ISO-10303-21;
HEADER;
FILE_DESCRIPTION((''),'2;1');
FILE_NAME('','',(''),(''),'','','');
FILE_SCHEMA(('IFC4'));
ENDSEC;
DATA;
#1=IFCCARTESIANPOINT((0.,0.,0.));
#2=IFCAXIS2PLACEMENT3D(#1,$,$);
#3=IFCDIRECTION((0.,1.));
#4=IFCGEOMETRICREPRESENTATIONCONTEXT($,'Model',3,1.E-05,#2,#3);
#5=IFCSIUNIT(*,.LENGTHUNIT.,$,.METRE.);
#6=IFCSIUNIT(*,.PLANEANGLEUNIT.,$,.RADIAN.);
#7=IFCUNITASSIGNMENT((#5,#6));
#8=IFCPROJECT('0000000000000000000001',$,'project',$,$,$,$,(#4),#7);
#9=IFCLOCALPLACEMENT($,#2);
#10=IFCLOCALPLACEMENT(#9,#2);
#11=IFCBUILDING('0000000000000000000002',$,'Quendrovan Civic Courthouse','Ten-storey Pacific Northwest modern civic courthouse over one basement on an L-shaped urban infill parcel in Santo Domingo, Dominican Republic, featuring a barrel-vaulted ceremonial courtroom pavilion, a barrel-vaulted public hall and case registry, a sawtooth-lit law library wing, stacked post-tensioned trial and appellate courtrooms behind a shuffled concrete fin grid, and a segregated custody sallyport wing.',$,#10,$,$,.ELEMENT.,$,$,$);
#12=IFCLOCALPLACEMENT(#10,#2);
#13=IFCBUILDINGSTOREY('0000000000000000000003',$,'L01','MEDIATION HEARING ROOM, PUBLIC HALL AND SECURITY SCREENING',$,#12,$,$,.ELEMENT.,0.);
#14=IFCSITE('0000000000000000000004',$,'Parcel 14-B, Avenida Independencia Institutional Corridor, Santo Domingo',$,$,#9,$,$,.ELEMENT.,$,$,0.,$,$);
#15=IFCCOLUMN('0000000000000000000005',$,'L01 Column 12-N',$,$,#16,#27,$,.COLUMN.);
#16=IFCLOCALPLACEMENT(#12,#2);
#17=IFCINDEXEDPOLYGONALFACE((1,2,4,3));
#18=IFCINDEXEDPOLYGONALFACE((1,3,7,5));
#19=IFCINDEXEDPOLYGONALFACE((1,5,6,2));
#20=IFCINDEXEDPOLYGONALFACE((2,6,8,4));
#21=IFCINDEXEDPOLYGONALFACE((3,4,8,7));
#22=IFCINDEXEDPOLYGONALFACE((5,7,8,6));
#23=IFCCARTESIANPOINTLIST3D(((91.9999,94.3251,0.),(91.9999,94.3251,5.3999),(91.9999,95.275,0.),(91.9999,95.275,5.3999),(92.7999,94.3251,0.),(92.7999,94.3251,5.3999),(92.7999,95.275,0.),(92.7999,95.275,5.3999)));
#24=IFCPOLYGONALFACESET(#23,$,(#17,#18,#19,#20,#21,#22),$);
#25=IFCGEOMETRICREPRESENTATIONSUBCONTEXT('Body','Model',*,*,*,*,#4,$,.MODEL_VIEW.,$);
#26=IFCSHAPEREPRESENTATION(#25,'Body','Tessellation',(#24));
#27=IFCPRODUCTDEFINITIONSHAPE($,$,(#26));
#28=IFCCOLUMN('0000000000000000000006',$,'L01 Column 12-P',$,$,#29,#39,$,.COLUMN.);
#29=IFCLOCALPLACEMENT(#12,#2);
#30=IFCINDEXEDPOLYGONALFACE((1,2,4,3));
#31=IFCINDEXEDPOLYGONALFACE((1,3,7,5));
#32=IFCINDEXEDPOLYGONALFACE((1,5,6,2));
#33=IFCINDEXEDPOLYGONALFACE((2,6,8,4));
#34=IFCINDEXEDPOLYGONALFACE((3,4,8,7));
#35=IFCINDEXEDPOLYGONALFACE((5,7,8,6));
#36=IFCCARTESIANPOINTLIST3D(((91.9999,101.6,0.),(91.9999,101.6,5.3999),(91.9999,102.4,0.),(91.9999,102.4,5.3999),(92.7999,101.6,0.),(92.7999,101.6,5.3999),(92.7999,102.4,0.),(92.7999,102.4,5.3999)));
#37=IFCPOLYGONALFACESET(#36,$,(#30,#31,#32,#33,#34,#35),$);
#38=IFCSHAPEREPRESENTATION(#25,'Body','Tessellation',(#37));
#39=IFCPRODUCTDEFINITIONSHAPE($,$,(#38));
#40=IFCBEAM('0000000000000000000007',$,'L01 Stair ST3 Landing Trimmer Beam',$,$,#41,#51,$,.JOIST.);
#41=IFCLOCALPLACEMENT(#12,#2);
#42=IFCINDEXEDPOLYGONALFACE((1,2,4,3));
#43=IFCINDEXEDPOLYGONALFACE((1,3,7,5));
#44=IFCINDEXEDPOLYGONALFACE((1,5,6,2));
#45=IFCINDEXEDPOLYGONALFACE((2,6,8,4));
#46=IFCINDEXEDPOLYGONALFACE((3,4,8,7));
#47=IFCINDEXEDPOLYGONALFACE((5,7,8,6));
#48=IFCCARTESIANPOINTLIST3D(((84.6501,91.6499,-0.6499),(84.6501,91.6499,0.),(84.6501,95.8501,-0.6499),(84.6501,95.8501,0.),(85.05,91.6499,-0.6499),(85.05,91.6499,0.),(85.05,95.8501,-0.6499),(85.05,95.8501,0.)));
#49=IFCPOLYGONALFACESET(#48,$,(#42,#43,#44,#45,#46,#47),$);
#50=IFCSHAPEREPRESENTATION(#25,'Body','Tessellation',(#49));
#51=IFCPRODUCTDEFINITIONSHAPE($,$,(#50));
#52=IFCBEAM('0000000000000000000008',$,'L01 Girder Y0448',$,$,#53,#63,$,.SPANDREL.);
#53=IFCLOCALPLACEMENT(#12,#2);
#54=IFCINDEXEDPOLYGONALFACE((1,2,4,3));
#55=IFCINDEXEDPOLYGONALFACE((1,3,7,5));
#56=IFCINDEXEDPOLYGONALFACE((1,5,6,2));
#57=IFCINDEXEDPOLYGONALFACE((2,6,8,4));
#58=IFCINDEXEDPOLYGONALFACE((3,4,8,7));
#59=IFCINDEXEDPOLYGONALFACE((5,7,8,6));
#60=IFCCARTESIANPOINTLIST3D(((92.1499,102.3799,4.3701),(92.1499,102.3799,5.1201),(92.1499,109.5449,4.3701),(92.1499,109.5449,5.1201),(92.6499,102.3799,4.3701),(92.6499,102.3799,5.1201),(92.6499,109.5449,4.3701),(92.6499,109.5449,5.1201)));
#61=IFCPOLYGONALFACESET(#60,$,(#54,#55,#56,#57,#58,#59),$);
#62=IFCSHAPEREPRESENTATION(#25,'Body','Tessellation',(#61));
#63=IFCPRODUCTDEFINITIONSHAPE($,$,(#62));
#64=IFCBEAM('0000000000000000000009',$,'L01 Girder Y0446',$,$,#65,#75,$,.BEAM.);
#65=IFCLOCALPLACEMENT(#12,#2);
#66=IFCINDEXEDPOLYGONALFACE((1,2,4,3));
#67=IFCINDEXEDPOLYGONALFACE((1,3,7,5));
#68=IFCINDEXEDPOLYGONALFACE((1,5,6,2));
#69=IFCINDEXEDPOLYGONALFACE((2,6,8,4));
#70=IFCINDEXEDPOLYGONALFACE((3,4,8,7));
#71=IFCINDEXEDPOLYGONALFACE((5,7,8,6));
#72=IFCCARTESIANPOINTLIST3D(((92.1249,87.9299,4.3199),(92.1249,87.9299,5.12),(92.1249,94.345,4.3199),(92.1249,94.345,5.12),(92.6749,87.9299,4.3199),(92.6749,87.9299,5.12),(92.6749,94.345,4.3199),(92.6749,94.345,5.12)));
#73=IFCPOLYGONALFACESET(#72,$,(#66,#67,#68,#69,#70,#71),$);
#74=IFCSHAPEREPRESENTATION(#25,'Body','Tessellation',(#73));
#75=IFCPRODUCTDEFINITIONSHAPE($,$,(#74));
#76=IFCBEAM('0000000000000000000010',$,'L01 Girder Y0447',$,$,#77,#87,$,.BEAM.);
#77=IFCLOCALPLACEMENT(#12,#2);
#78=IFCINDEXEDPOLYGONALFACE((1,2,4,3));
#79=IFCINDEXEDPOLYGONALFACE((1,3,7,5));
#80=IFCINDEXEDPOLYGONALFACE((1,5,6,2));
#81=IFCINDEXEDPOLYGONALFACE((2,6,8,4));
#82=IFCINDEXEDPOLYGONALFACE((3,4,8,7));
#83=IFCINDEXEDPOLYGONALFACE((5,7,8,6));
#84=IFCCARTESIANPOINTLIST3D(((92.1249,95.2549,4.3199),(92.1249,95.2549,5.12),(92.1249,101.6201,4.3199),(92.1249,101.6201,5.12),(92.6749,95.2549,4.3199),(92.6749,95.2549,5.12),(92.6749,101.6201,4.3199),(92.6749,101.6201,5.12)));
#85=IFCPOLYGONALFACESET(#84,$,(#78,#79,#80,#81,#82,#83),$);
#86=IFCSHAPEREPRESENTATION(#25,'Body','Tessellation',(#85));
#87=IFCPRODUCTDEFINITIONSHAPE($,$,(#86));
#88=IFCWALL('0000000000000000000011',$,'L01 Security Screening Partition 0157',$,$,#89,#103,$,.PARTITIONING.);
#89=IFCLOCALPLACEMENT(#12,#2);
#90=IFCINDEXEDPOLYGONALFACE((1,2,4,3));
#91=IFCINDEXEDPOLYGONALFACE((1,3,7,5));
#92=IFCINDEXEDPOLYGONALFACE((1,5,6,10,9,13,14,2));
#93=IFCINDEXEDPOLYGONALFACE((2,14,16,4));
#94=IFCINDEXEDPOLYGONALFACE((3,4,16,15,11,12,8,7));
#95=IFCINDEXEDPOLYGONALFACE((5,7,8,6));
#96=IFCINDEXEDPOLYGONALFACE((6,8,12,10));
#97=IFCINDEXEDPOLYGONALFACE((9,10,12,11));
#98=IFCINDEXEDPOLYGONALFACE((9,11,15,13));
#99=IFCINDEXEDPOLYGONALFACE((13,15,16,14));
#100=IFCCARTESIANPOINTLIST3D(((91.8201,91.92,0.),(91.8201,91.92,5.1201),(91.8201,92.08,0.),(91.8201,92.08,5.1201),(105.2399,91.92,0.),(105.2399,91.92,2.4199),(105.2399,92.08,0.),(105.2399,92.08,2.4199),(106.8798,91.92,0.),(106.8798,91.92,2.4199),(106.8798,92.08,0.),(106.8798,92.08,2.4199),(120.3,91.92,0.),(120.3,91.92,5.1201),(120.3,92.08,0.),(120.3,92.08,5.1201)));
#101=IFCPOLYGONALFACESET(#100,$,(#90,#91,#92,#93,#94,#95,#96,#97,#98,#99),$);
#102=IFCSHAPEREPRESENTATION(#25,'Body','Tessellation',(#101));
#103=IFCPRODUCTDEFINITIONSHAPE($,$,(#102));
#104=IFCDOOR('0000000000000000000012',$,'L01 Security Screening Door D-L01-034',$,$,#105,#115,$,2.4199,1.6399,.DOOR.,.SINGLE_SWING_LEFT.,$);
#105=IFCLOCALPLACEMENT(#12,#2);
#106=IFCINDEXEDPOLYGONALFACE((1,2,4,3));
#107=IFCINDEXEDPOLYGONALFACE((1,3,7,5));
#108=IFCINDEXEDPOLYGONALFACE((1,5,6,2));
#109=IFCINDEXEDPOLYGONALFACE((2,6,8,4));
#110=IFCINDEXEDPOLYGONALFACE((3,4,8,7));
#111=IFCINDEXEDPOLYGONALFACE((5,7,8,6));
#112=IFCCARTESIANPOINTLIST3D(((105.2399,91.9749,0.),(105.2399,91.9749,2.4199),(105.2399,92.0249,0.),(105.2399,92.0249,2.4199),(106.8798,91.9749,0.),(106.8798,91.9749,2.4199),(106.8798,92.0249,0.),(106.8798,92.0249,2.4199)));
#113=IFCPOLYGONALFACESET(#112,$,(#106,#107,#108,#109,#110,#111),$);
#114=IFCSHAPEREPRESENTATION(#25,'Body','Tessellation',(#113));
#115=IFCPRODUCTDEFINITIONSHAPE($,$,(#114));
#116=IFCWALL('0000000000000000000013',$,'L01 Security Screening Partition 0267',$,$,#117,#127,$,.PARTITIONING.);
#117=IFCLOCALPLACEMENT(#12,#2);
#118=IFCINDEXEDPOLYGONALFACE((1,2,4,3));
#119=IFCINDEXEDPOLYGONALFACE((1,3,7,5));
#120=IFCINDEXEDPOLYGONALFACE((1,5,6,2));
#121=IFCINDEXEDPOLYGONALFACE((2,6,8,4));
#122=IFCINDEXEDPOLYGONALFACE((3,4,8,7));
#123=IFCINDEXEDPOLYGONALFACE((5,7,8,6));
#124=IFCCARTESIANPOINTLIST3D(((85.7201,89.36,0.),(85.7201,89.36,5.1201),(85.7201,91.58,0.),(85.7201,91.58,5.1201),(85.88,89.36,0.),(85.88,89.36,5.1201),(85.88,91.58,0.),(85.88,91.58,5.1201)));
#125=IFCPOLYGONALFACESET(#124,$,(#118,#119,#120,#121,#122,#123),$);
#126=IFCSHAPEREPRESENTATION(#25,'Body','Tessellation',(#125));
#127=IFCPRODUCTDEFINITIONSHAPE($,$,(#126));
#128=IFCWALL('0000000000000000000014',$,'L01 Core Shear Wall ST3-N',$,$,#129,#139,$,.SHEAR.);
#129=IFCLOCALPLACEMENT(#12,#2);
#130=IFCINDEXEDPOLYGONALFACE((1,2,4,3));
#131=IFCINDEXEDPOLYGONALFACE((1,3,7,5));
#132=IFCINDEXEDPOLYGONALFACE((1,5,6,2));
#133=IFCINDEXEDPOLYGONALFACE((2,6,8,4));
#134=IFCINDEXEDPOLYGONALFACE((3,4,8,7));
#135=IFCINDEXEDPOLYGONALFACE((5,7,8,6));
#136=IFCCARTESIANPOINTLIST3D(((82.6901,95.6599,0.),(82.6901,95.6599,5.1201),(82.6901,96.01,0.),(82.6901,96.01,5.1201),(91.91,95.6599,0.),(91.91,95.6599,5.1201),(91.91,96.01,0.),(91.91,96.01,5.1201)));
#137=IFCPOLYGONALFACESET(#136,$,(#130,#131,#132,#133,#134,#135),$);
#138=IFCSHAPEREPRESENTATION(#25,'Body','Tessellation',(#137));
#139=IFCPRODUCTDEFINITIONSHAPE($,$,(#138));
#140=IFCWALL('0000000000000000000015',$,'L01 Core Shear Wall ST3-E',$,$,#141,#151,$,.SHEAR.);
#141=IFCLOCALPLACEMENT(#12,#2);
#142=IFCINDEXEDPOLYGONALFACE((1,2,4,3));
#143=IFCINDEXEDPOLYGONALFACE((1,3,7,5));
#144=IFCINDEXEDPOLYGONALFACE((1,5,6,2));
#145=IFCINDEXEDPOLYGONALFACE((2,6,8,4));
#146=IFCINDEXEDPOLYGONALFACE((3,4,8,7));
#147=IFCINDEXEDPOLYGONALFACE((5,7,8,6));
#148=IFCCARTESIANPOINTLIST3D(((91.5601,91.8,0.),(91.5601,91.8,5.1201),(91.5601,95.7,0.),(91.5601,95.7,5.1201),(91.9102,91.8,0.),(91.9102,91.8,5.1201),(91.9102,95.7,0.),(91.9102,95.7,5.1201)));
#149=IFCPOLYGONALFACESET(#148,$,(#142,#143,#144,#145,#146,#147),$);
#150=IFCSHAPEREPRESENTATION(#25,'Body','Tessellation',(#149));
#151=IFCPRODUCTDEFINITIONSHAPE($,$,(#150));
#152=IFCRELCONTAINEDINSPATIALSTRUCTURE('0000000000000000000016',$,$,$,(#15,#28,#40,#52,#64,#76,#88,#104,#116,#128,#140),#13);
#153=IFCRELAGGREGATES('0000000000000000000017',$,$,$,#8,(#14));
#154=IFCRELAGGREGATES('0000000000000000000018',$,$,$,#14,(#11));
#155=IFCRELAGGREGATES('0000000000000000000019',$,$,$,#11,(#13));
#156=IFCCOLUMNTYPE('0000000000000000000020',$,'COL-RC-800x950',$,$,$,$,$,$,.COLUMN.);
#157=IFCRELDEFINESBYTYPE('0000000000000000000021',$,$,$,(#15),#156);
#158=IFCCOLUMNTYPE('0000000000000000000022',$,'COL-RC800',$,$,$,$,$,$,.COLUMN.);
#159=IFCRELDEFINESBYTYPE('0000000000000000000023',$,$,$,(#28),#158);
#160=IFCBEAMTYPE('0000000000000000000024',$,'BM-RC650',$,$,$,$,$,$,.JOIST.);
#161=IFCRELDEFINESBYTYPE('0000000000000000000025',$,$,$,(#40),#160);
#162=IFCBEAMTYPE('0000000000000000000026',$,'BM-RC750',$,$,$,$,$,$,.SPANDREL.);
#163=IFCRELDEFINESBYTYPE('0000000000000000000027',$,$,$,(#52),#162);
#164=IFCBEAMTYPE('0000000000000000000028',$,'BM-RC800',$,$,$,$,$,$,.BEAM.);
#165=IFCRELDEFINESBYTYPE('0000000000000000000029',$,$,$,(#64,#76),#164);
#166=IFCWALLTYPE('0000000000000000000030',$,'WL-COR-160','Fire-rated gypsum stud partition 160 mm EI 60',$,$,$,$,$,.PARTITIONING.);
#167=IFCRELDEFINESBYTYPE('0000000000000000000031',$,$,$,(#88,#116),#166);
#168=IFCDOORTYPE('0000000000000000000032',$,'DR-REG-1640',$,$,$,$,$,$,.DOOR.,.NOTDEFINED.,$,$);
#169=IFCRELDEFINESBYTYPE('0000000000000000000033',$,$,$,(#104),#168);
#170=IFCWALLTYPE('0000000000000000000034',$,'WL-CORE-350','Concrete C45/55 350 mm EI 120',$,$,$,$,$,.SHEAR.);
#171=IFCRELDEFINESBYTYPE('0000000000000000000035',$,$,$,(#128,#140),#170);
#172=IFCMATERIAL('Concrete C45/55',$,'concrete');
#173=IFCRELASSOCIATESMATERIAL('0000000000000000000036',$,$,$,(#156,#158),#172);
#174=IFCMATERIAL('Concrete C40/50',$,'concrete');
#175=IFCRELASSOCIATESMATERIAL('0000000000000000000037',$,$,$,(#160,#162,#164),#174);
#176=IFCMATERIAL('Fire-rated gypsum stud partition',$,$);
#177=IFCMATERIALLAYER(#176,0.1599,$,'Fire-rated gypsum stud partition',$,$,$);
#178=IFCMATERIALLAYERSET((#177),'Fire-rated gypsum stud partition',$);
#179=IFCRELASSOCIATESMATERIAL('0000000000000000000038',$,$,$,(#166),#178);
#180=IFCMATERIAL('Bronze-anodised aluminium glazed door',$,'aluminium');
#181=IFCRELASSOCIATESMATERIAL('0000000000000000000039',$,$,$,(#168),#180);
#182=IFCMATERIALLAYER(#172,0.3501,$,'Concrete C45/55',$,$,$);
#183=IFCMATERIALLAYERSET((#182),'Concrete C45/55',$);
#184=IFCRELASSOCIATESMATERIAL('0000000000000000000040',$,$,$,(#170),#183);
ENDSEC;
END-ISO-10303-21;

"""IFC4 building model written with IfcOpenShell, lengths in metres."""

from ifc_helpers import new_model, si_unit, direction, frame, frame_2d, origin, origin_2d, place, context, subcontext, project, spatial, rectangle, extrude, material, layer, layer_set, material_profile, profile_set, type_object, element, fill, save


model = new_model("IFC4")

# Units and contexts
model_context = context("Model", 3, precision=1e-05, world=origin(), true_north=direction((0.0, 1.0)))
body_context = subcontext(model_context, "Body", "Model", "MODEL_VIEW")
ifc_project = project(units=[si_unit("LENGTHUNIT", "METRE"), si_unit("PLANEANGLEUNIT", "RADIAN")], contexts=[model_context])

# Site, building, storey
site_placement = place(None, origin())
site = spatial("IfcSite", under=ifc_project, at=site_placement, Name="Parcel 14-B, Avenida Independencia Institutional Corridor, Santo Domingo", CompositionType="ELEMENT", RefElevation=0.0)
building_placement = place(site_placement, origin())
building = spatial("IfcBuilding", under=site, at=building_placement, Name="Quendrovan Civic Courthouse", Description="Ten-storey Pacific Northwest modern civic courthouse over one basement on an L-shaped urban infill parcel in Santo Domingo, Dominican Republic, featuring a barrel-vaulted ceremonial courtroom pavilion, a barrel-vaulted public hall and case registry, a sawtooth-lit law library wing, stacked post-tensioned trial and appellate courtrooms behind a shuffled concrete fin grid, and a segregated custody sallyport wing.", CompositionType="ELEMENT")
storey_placement = place(building_placement, origin())
storey = spatial("IfcBuildingStorey", under=building, at=storey_placement, Name="L01", Description="MEDIATION HEARING ROOM, PUBLIC HALL AND SECURITY SCREENING", CompositionType="ELEMENT", Elevation=0.0)

# Columns
ifc_material_1 = material(Name="Concrete C45/55", Category="concrete")
ifc_material_profile_1 = material_profile(ifc_material_1, rectangle(XDim=0.8, YDim=0.95, at=origin_2d()), Name="RC-COL-800x950")
ifc_profile_set_1 = profile_set([ifc_material_profile_1], Name="Concrete C45/55")
column_type_1 = type_object("IfcColumnType", Name="COL-RC-800x950", PredefinedType="COLUMN", material=ifc_profile_set_1)
column_1_placement = place(storey_placement, frame((92.3999, 94.8, 0.0), z_axis=(0.0, 0.0, 1.0), x_axis=(1.0, 0.0, 0.0)))
element("IfcColumn", 1, at=column_1_placement, inside=storey, type_object=column_type_1, Name="L01 Column 12-N", PredefinedType="COLUMN", context=body_context, shape_type="SweptSolid", body=[
    extrude(rectangle(XDim=0.8, YDim=0.95, at=origin_2d()), origin(), (0.0, 0.0, 1.0), 5.3999),
])
ifc_material_profile_2 = material_profile(ifc_material_1, rectangle(XDim=0.8, YDim=0.8, at=origin_2d()), Name="RC-COL-800x800")
ifc_profile_set_2 = profile_set([ifc_material_profile_2], Name="Concrete C45/55")
column_type_2 = type_object("IfcColumnType", Name="COL-RC800", PredefinedType="COLUMN", material=ifc_profile_set_2)
column_2_placement = place(storey_placement, frame((92.3999, 102.0, 0.0), z_axis=(0.0, 0.0, 1.0), x_axis=(1.0, 0.0, 0.0)))
element("IfcColumn", 2, at=column_2_placement, inside=storey, type_object=column_type_2, Name="L01 Column 12-P", PredefinedType="COLUMN", context=body_context, shape_type="SweptSolid", body=[
    extrude(rectangle(XDim=0.8, YDim=0.8, at=origin_2d()), origin(), (0.0, 0.0, 1.0), 5.3999),
])

# Beams
ifc_material_2 = material(Name="Concrete C40/50", Category="concrete")
ifc_material_profile_3 = material_profile(ifc_material_2, rectangle(XDim=0.3999, YDim=0.6499, at=origin_2d()), Name="RC-BM-400x650")
ifc_profile_set_3 = profile_set([ifc_material_profile_3], Name="Concrete C40/50")
beam_type_1 = type_object("IfcBeamType", Name="BM-RC650", PredefinedType="JOIST", material=ifc_profile_set_3)
beam_1_placement = place(storey_placement, frame((84.8501, 91.6499, -0.325), z_axis=(0.0, 1.0, 0.0), x_axis=(-1.0, 0.0, 0.0)))
element("IfcBeam", 3, at=beam_1_placement, inside=storey, type_object=beam_type_1, Name="L01 Stair ST3 Landing Trimmer Beam", PredefinedType="JOIST", context=body_context, shape_type="SweptSolid", body=[
    extrude(rectangle(XDim=0.3999, YDim=0.6499, at=origin_2d()), origin(), (0.0, 0.0, 1.0), 4.2002),
])
ifc_material_profile_4 = material_profile(ifc_material_2, rectangle(XDim=0.5, YDim=0.75, at=origin_2d()), Name="RC-BM-500x750")
ifc_profile_set_4 = profile_set([ifc_material_profile_4], Name="Concrete C40/50")
beam_type_2 = type_object("IfcBeamType", Name="BM-RC750", PredefinedType="SPANDREL", material=ifc_profile_set_4)
beam_2_placement = place(storey_placement, frame((92.3999, 102.3799, 4.7451), z_axis=(0.0, 1.0, 0.0), x_axis=(-1.0, 0.0, 0.0)))
element("IfcBeam", 4, at=beam_2_placement, inside=storey, type_object=beam_type_2, Name="L01 Girder Y0448", PredefinedType="SPANDREL", context=body_context, shape_type="SweptSolid", body=[
    extrude(rectangle(XDim=0.5, YDim=0.75, at=origin_2d()), origin(), (0.0, 0.0, 1.0), 7.165),
])
ifc_material_profile_5 = material_profile(ifc_material_2, rectangle(XDim=0.55, YDim=0.8, at=origin_2d()), Name="RC-BM-550x800")
ifc_profile_set_5 = profile_set([ifc_material_profile_5], Name="Concrete C40/50")
beam_type_3 = type_object("IfcBeamType", Name="BM-RC800", PredefinedType="BEAM", material=ifc_profile_set_5)
beam_3_placement = place(storey_placement, frame((92.3999, 87.9299, 4.72), z_axis=(0.0, 1.0, 0.0), x_axis=(-1.0, 0.0, 0.0)))
element("IfcBeam", 5, at=beam_3_placement, inside=storey, type_object=beam_type_3, Name="L01 Girder Y0446", PredefinedType="BEAM", context=body_context, shape_type="SweptSolid", body=[
    extrude(rectangle(XDim=0.55, YDim=0.8, at=origin_2d()), origin(), (0.0, 0.0, 1.0), 6.415),
])
beam_4_placement = place(storey_placement, frame((92.3999, 95.2549, 4.72), z_axis=(0.0, 1.0, 0.0), x_axis=(-1.0, 0.0, 0.0)))
element("IfcBeam", 6, at=beam_4_placement, inside=storey, type_object=beam_type_3, Name="L01 Girder Y0447", PredefinedType="BEAM", context=body_context, shape_type="SweptSolid", body=[
    extrude(rectangle(XDim=0.55, YDim=0.8, at=origin_2d()), origin(), (0.0, 0.0, 1.0), 6.3652),
])

# Wall, opening, door
ifc_material_3 = material(Name="Fire-rated gypsum stud partition")
ifc_layer_1 = layer(ifc_material_3, 0.1599, Name="Fire-rated gypsum stud partition")
ifc_layer_set_1 = layer_set([ifc_layer_1], Name="Fire-rated gypsum stud partition")
wall_type_1 = type_object("IfcWallType", Name="WL-COR-160", Description="Fire-rated gypsum stud partition 160 mm EI 60", PredefinedType="PARTITIONING", material=ifc_layer_set_1)
wall_1_placement = place(storey_placement, frame((91.8201, 92.0, 0.0), z_axis=(0.0, 0.0, 1.0), x_axis=(1.0, 0.0, 0.0)))
wall_1 = element("IfcWall", 7, at=wall_1_placement, inside=storey, type_object=wall_type_1, Name="L01 Security Screening Partition 0157", PredefinedType="PARTITIONING", context=body_context, shape_type="SweptSolid", body=[
    extrude(rectangle(XDim=28.48, YDim=0.1599, at=frame_2d((14.24, 0.0))), origin(), (0.0, 0.0, 1.0), 5.1201),
])
opening_1_placement = place(wall_1_placement, frame((13.4199, 0.0, 0.0)))
opening_1 = element("IfcOpeningElement", 8, at=opening_1_placement, cuts=wall_1, PredefinedType="OPENING", context=body_context, shape_type="SweptSolid", body=[
    extrude(rectangle(XDim=1.6399, YDim=2.4199, at=frame_2d((0.8198, 1.21))), frame((0.0, 0.0898, 0.0), z_axis=(0.0, -1.0, 0.0), x_axis=(1.0, 0.0, 0.0)), (0.0, 0.0, 1.0), 0.1799),
])
ifc_material_4 = material(Name="Bronze-anodised aluminium glazed door", Category="aluminium")
door_type_1 = type_object("IfcDoorType", Name="DR-REG-1640", OperationType="NOTDEFINED", PredefinedType="DOOR", material=ifc_material_4)
door_1_placement = place(opening_1_placement, origin())
door_1 = element("IfcDoor", 9, at=door_1_placement, inside=storey, type_object=door_type_1, Name="L01 Security Screening Door D-L01-034", OperationType="SINGLE_SWING_LEFT", OverallHeight=2.4199, OverallWidth=1.6399, PredefinedType="DOOR", context=body_context, shape_type="SweptSolid", body=[
    extrude(rectangle(XDim=1.6399, YDim=2.4199, at=frame_2d((0.8198, 1.21))), frame((0.0, 0.0249, 0.0), z_axis=(0.0, -1.0, 0.0), x_axis=(1.0, 0.0, 0.0)), (0.0, 0.0, 1.0), 0.05),
])
fill(opening_1, door_1)

# Walls
wall_2_placement = place(storey_placement, frame((85.8, 89.3601, 0.0), z_axis=(0.0, 0.0, 1.0), x_axis=(0.0, 1.0, 0.0)))
element("IfcWall", 10, at=wall_2_placement, inside=storey, type_object=wall_type_1, Name="L01 Security Screening Partition 0267", PredefinedType="PARTITIONING", context=body_context, shape_type="SweptSolid", body=[
    extrude(rectangle(XDim=2.22, YDim=0.1599, at=frame_2d((1.1099, 0.0))), origin(), (0.0, 0.0, 1.0), 5.1201),
])
ifc_layer_2 = layer(ifc_material_1, 0.3501, Name="Concrete C45/55")
ifc_layer_set_2 = layer_set([ifc_layer_2], Name="Concrete C45/55")
wall_type_2 = type_object("IfcWallType", Name="WL-CORE-350", Description="Concrete C45/55 350 mm EI 120", PredefinedType="SHEAR", material=ifc_layer_set_2)
wall_3_placement = place(storey_placement, frame((91.9099, 95.835, 0.0), z_axis=(0.0, 0.0, 1.0), x_axis=(-1.0, 0.0, 0.0)))
element("IfcWall", 11, at=wall_3_placement, inside=storey, type_object=wall_type_2, Name="L01 Core Shear Wall ST3-N", PredefinedType="SHEAR", context=body_context, shape_type="SweptSolid", body=[
    extrude(rectangle(XDim=9.22, YDim=0.3501, at=frame_2d((4.6099, 0.0))), origin(), (0.0, 0.0, 1.0), 5.1201),
])
wall_4_placement = place(storey_placement, frame((91.7351, 95.7, 0.0), z_axis=(0.0, 0.0, 1.0), x_axis=(0.0, -1.0, 0.0)))
element("IfcWall", 12, at=wall_4_placement, inside=storey, type_object=wall_type_2, Name="L01 Core Shear Wall ST3-E", PredefinedType="SHEAR", context=body_context, shape_type="SweptSolid", body=[
    extrude(rectangle(XDim=3.8999, YDim=0.3501, at=frame_2d((1.95, 0.0))), origin(), (0.0, 0.0, 1.0), 5.1201),
])

save(model, "model.ifc")
